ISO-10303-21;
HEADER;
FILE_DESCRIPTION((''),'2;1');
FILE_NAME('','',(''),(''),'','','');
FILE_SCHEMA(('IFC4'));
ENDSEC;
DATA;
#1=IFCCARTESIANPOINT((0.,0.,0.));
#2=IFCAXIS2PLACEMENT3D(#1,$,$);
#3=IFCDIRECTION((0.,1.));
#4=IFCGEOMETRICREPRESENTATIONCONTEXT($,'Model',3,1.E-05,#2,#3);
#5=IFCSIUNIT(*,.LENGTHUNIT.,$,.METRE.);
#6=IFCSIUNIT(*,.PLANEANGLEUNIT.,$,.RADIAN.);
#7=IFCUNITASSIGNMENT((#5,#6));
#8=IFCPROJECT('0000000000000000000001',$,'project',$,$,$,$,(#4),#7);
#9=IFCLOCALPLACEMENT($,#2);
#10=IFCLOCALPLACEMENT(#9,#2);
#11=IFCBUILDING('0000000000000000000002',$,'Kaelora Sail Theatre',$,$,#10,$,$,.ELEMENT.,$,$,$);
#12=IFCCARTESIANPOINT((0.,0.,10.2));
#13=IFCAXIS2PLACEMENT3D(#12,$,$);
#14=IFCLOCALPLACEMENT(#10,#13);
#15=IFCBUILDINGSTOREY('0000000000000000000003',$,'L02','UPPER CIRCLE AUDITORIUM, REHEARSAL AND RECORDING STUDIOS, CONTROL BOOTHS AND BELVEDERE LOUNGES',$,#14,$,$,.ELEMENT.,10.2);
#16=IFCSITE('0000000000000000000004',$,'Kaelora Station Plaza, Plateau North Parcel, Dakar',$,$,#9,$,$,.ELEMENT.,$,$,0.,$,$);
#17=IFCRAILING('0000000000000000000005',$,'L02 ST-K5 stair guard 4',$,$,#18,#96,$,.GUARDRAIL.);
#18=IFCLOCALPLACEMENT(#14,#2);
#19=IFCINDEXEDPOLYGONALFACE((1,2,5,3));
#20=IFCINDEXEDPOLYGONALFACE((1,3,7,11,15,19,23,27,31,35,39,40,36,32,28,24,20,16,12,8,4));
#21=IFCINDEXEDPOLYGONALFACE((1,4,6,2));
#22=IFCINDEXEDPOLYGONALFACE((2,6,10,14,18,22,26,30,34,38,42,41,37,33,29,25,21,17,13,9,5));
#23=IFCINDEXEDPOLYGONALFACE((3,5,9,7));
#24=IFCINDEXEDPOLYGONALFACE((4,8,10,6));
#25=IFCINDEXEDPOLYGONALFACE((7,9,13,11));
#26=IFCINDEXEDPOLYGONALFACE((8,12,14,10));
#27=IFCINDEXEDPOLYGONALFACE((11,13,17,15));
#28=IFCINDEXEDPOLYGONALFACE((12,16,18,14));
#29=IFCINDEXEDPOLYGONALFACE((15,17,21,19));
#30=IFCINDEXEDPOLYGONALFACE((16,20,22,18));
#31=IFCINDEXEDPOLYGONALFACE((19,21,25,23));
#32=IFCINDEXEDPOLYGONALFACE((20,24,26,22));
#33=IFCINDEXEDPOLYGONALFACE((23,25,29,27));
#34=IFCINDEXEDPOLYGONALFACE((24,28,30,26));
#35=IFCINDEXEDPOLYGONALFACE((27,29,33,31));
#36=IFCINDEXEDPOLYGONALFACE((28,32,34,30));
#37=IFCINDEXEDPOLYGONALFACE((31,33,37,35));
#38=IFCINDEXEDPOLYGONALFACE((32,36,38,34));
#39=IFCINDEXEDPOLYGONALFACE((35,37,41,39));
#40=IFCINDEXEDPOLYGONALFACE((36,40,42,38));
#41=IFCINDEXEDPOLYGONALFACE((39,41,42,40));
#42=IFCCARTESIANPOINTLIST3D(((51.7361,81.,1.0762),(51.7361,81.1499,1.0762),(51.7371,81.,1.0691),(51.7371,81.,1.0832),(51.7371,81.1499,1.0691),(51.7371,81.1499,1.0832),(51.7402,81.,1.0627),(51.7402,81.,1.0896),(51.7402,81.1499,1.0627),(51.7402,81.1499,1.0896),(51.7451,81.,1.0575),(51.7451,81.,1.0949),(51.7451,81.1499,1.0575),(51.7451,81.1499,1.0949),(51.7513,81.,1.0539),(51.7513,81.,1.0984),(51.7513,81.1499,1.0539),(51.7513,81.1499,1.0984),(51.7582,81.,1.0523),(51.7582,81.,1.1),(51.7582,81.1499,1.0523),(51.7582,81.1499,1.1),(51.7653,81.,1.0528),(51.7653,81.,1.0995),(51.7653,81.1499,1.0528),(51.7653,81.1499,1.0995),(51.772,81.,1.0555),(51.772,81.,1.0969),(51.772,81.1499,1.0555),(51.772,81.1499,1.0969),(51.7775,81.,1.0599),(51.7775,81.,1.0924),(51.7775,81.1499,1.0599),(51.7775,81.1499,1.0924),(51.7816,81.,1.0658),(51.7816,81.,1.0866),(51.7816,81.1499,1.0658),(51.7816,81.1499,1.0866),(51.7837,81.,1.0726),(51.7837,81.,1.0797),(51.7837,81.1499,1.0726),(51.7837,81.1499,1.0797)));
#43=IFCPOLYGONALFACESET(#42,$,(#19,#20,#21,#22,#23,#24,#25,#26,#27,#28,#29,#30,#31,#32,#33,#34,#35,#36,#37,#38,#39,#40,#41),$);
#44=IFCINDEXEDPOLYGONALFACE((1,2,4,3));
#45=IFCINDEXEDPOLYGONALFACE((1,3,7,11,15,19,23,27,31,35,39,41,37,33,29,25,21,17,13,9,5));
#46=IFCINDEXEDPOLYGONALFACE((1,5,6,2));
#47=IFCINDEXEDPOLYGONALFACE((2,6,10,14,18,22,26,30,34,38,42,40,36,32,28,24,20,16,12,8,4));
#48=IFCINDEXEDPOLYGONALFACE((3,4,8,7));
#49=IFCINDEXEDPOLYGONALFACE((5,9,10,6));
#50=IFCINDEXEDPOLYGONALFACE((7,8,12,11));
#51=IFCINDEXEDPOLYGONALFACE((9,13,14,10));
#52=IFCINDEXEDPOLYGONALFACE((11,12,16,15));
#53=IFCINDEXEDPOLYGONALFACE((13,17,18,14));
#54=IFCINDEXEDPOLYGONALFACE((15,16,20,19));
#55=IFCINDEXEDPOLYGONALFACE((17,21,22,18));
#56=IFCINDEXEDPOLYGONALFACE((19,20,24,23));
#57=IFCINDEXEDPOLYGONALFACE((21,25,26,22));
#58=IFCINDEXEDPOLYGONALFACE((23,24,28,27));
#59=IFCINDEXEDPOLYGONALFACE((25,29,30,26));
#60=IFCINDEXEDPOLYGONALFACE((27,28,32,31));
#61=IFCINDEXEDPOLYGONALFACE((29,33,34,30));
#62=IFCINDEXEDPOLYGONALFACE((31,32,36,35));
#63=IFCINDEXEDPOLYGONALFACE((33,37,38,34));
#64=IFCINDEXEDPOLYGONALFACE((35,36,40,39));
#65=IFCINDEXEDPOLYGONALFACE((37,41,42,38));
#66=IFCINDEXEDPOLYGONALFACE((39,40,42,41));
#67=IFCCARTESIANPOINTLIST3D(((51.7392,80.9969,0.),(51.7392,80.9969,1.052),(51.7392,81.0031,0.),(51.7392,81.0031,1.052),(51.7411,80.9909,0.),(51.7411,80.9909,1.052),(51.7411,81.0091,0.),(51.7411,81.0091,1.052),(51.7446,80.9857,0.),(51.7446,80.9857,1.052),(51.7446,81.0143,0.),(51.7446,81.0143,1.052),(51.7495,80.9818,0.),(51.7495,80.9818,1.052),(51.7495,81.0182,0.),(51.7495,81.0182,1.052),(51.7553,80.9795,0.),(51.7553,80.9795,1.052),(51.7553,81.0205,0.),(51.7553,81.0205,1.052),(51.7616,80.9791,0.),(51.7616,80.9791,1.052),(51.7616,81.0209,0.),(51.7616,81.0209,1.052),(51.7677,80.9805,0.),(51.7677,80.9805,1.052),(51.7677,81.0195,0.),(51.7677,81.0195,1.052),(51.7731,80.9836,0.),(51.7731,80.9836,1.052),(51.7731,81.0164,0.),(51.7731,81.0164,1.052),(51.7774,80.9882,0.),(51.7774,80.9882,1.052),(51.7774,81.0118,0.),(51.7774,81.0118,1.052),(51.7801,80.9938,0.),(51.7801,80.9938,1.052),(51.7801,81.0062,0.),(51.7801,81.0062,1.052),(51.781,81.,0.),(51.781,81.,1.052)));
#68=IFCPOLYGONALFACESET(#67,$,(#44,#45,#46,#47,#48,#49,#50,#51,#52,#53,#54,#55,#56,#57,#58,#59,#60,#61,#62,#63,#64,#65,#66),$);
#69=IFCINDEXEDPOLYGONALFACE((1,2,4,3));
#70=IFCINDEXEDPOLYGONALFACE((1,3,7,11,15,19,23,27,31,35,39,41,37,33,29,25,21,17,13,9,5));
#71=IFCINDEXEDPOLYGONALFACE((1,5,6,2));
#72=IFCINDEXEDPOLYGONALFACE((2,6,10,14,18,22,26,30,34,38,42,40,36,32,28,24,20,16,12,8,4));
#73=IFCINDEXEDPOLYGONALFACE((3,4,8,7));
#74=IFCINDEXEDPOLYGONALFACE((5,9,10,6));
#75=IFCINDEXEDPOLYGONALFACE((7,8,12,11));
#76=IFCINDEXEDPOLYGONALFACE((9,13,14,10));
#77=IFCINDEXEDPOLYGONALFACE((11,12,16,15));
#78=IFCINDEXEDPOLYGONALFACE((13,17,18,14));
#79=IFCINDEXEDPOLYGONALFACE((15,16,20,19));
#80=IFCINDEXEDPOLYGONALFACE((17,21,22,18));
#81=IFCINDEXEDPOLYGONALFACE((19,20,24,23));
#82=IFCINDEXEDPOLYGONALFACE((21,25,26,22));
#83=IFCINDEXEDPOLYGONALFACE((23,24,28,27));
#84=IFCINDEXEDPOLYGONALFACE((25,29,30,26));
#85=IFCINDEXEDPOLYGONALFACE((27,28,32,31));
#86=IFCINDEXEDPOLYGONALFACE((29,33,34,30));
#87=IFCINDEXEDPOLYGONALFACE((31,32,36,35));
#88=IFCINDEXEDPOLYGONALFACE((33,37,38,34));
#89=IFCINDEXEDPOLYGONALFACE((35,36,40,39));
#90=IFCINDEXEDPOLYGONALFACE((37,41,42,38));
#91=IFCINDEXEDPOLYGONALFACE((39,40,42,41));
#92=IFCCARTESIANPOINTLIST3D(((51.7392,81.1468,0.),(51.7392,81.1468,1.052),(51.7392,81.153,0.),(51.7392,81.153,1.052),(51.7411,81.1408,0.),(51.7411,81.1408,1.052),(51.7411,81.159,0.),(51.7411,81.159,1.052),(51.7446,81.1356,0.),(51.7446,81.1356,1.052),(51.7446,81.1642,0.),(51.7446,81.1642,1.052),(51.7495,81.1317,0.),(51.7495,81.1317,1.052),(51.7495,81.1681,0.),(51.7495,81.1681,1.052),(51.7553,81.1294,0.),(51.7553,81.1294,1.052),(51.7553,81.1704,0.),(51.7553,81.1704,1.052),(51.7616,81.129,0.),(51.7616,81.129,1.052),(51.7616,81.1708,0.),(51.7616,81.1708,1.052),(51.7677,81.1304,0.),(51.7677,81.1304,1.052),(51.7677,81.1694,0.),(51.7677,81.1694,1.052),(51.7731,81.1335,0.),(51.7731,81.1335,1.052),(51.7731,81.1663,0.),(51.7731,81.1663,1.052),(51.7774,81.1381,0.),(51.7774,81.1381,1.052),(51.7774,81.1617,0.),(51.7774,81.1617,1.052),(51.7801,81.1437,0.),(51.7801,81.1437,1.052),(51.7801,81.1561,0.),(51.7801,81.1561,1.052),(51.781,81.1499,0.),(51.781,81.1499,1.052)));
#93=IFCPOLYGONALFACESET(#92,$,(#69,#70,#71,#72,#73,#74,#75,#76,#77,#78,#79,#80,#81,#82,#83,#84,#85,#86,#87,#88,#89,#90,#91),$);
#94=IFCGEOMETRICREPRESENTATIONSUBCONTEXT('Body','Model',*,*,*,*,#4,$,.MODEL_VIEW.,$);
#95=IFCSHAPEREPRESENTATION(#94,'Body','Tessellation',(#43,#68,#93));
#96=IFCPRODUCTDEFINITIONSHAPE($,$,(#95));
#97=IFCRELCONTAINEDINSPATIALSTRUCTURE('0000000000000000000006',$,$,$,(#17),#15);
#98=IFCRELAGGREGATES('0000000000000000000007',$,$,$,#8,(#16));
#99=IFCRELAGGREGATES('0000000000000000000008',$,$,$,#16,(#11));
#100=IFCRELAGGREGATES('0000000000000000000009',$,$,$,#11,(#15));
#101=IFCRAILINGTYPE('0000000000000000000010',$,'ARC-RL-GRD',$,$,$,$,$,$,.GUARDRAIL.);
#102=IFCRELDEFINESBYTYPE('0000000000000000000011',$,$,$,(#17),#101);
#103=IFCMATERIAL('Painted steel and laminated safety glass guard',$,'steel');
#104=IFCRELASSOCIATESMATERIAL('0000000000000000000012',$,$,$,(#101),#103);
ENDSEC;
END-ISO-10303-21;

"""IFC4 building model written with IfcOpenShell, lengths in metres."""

from ifc_helpers import new_model, si_unit, direction, frame, origin, origin_2d, place, context, subcontext, project, spatial, circle, extrude, material, type_object, element, save


model = new_model("IFC4")

# Units and contexts
model_context = context("Model", 3, precision=1e-05, world=origin(), true_north=direction((0.0, 1.0)))
body_context = subcontext(model_context, "Body", "Model", "MODEL_VIEW")
ifc_project = project(units=[si_unit("LENGTHUNIT", "METRE"), si_unit("PLANEANGLEUNIT", "RADIAN")], contexts=[model_context])

# Site, building, storey
site_placement = place(None, origin())
site = spatial("IfcSite", under=ifc_project, at=site_placement, Name="Kaelora Station Plaza, Plateau North Parcel, Dakar", CompositionType="ELEMENT", RefElevation=0.0)
building_placement = place(site_placement, origin())
building = spatial("IfcBuilding", under=site, at=building_placement, Name="Kaelora Sail Theatre", CompositionType="ELEMENT")
storey_placement = place(building_placement, frame((0.0, 0.0, 10.2)))
storey = spatial("IfcBuildingStorey", under=building, at=storey_placement, Name="L02", Description="UPPER CIRCLE AUDITORIUM, REHEARSAL AND RECORDING STUDIOS, CONTROL BOOTHS AND BELVEDERE LOUNGES", CompositionType="ELEMENT", Elevation=10.2)

# Railing
ifc_material_1 = material(Name="Painted steel and laminated safety glass guard", Category="steel")
railing_type_1 = type_object("IfcRailingType", Name="ARC-RL-GRD", PredefinedType="GUARDRAIL", material=ifc_material_1)
railing_1_placement = place(storey_placement, frame((51.76, 81.0, 0.0)))
element("IfcRailing", 1, at=railing_1_placement, inside=storey, type_object=railing_type_1, Name="L02 ST-K5 stair guard 4", PredefinedType="GUARDRAIL", context=body_context, shape_type="SweptSolid", body=[
    extrude(circle(Radius=0.0239, at=origin_2d()), frame((0.0, 0.0, 1.0762), z_axis=(0.0, 1.0, 0.0), x_axis=(-1.0, 0.0, 0.0)), (0.0, 0.0, 1.0), 0.1499),
    extrude(circle(Radius=0.021, at=origin_2d()), origin(), (0.0, 0.0, 1.0), 1.052),
    extrude(circle(Radius=0.021, at=origin_2d()), frame((0.0, 0.1499, 0.0)), (0.0, 0.0, 1.0), 1.052),
])

save(model, "model.ifc")
